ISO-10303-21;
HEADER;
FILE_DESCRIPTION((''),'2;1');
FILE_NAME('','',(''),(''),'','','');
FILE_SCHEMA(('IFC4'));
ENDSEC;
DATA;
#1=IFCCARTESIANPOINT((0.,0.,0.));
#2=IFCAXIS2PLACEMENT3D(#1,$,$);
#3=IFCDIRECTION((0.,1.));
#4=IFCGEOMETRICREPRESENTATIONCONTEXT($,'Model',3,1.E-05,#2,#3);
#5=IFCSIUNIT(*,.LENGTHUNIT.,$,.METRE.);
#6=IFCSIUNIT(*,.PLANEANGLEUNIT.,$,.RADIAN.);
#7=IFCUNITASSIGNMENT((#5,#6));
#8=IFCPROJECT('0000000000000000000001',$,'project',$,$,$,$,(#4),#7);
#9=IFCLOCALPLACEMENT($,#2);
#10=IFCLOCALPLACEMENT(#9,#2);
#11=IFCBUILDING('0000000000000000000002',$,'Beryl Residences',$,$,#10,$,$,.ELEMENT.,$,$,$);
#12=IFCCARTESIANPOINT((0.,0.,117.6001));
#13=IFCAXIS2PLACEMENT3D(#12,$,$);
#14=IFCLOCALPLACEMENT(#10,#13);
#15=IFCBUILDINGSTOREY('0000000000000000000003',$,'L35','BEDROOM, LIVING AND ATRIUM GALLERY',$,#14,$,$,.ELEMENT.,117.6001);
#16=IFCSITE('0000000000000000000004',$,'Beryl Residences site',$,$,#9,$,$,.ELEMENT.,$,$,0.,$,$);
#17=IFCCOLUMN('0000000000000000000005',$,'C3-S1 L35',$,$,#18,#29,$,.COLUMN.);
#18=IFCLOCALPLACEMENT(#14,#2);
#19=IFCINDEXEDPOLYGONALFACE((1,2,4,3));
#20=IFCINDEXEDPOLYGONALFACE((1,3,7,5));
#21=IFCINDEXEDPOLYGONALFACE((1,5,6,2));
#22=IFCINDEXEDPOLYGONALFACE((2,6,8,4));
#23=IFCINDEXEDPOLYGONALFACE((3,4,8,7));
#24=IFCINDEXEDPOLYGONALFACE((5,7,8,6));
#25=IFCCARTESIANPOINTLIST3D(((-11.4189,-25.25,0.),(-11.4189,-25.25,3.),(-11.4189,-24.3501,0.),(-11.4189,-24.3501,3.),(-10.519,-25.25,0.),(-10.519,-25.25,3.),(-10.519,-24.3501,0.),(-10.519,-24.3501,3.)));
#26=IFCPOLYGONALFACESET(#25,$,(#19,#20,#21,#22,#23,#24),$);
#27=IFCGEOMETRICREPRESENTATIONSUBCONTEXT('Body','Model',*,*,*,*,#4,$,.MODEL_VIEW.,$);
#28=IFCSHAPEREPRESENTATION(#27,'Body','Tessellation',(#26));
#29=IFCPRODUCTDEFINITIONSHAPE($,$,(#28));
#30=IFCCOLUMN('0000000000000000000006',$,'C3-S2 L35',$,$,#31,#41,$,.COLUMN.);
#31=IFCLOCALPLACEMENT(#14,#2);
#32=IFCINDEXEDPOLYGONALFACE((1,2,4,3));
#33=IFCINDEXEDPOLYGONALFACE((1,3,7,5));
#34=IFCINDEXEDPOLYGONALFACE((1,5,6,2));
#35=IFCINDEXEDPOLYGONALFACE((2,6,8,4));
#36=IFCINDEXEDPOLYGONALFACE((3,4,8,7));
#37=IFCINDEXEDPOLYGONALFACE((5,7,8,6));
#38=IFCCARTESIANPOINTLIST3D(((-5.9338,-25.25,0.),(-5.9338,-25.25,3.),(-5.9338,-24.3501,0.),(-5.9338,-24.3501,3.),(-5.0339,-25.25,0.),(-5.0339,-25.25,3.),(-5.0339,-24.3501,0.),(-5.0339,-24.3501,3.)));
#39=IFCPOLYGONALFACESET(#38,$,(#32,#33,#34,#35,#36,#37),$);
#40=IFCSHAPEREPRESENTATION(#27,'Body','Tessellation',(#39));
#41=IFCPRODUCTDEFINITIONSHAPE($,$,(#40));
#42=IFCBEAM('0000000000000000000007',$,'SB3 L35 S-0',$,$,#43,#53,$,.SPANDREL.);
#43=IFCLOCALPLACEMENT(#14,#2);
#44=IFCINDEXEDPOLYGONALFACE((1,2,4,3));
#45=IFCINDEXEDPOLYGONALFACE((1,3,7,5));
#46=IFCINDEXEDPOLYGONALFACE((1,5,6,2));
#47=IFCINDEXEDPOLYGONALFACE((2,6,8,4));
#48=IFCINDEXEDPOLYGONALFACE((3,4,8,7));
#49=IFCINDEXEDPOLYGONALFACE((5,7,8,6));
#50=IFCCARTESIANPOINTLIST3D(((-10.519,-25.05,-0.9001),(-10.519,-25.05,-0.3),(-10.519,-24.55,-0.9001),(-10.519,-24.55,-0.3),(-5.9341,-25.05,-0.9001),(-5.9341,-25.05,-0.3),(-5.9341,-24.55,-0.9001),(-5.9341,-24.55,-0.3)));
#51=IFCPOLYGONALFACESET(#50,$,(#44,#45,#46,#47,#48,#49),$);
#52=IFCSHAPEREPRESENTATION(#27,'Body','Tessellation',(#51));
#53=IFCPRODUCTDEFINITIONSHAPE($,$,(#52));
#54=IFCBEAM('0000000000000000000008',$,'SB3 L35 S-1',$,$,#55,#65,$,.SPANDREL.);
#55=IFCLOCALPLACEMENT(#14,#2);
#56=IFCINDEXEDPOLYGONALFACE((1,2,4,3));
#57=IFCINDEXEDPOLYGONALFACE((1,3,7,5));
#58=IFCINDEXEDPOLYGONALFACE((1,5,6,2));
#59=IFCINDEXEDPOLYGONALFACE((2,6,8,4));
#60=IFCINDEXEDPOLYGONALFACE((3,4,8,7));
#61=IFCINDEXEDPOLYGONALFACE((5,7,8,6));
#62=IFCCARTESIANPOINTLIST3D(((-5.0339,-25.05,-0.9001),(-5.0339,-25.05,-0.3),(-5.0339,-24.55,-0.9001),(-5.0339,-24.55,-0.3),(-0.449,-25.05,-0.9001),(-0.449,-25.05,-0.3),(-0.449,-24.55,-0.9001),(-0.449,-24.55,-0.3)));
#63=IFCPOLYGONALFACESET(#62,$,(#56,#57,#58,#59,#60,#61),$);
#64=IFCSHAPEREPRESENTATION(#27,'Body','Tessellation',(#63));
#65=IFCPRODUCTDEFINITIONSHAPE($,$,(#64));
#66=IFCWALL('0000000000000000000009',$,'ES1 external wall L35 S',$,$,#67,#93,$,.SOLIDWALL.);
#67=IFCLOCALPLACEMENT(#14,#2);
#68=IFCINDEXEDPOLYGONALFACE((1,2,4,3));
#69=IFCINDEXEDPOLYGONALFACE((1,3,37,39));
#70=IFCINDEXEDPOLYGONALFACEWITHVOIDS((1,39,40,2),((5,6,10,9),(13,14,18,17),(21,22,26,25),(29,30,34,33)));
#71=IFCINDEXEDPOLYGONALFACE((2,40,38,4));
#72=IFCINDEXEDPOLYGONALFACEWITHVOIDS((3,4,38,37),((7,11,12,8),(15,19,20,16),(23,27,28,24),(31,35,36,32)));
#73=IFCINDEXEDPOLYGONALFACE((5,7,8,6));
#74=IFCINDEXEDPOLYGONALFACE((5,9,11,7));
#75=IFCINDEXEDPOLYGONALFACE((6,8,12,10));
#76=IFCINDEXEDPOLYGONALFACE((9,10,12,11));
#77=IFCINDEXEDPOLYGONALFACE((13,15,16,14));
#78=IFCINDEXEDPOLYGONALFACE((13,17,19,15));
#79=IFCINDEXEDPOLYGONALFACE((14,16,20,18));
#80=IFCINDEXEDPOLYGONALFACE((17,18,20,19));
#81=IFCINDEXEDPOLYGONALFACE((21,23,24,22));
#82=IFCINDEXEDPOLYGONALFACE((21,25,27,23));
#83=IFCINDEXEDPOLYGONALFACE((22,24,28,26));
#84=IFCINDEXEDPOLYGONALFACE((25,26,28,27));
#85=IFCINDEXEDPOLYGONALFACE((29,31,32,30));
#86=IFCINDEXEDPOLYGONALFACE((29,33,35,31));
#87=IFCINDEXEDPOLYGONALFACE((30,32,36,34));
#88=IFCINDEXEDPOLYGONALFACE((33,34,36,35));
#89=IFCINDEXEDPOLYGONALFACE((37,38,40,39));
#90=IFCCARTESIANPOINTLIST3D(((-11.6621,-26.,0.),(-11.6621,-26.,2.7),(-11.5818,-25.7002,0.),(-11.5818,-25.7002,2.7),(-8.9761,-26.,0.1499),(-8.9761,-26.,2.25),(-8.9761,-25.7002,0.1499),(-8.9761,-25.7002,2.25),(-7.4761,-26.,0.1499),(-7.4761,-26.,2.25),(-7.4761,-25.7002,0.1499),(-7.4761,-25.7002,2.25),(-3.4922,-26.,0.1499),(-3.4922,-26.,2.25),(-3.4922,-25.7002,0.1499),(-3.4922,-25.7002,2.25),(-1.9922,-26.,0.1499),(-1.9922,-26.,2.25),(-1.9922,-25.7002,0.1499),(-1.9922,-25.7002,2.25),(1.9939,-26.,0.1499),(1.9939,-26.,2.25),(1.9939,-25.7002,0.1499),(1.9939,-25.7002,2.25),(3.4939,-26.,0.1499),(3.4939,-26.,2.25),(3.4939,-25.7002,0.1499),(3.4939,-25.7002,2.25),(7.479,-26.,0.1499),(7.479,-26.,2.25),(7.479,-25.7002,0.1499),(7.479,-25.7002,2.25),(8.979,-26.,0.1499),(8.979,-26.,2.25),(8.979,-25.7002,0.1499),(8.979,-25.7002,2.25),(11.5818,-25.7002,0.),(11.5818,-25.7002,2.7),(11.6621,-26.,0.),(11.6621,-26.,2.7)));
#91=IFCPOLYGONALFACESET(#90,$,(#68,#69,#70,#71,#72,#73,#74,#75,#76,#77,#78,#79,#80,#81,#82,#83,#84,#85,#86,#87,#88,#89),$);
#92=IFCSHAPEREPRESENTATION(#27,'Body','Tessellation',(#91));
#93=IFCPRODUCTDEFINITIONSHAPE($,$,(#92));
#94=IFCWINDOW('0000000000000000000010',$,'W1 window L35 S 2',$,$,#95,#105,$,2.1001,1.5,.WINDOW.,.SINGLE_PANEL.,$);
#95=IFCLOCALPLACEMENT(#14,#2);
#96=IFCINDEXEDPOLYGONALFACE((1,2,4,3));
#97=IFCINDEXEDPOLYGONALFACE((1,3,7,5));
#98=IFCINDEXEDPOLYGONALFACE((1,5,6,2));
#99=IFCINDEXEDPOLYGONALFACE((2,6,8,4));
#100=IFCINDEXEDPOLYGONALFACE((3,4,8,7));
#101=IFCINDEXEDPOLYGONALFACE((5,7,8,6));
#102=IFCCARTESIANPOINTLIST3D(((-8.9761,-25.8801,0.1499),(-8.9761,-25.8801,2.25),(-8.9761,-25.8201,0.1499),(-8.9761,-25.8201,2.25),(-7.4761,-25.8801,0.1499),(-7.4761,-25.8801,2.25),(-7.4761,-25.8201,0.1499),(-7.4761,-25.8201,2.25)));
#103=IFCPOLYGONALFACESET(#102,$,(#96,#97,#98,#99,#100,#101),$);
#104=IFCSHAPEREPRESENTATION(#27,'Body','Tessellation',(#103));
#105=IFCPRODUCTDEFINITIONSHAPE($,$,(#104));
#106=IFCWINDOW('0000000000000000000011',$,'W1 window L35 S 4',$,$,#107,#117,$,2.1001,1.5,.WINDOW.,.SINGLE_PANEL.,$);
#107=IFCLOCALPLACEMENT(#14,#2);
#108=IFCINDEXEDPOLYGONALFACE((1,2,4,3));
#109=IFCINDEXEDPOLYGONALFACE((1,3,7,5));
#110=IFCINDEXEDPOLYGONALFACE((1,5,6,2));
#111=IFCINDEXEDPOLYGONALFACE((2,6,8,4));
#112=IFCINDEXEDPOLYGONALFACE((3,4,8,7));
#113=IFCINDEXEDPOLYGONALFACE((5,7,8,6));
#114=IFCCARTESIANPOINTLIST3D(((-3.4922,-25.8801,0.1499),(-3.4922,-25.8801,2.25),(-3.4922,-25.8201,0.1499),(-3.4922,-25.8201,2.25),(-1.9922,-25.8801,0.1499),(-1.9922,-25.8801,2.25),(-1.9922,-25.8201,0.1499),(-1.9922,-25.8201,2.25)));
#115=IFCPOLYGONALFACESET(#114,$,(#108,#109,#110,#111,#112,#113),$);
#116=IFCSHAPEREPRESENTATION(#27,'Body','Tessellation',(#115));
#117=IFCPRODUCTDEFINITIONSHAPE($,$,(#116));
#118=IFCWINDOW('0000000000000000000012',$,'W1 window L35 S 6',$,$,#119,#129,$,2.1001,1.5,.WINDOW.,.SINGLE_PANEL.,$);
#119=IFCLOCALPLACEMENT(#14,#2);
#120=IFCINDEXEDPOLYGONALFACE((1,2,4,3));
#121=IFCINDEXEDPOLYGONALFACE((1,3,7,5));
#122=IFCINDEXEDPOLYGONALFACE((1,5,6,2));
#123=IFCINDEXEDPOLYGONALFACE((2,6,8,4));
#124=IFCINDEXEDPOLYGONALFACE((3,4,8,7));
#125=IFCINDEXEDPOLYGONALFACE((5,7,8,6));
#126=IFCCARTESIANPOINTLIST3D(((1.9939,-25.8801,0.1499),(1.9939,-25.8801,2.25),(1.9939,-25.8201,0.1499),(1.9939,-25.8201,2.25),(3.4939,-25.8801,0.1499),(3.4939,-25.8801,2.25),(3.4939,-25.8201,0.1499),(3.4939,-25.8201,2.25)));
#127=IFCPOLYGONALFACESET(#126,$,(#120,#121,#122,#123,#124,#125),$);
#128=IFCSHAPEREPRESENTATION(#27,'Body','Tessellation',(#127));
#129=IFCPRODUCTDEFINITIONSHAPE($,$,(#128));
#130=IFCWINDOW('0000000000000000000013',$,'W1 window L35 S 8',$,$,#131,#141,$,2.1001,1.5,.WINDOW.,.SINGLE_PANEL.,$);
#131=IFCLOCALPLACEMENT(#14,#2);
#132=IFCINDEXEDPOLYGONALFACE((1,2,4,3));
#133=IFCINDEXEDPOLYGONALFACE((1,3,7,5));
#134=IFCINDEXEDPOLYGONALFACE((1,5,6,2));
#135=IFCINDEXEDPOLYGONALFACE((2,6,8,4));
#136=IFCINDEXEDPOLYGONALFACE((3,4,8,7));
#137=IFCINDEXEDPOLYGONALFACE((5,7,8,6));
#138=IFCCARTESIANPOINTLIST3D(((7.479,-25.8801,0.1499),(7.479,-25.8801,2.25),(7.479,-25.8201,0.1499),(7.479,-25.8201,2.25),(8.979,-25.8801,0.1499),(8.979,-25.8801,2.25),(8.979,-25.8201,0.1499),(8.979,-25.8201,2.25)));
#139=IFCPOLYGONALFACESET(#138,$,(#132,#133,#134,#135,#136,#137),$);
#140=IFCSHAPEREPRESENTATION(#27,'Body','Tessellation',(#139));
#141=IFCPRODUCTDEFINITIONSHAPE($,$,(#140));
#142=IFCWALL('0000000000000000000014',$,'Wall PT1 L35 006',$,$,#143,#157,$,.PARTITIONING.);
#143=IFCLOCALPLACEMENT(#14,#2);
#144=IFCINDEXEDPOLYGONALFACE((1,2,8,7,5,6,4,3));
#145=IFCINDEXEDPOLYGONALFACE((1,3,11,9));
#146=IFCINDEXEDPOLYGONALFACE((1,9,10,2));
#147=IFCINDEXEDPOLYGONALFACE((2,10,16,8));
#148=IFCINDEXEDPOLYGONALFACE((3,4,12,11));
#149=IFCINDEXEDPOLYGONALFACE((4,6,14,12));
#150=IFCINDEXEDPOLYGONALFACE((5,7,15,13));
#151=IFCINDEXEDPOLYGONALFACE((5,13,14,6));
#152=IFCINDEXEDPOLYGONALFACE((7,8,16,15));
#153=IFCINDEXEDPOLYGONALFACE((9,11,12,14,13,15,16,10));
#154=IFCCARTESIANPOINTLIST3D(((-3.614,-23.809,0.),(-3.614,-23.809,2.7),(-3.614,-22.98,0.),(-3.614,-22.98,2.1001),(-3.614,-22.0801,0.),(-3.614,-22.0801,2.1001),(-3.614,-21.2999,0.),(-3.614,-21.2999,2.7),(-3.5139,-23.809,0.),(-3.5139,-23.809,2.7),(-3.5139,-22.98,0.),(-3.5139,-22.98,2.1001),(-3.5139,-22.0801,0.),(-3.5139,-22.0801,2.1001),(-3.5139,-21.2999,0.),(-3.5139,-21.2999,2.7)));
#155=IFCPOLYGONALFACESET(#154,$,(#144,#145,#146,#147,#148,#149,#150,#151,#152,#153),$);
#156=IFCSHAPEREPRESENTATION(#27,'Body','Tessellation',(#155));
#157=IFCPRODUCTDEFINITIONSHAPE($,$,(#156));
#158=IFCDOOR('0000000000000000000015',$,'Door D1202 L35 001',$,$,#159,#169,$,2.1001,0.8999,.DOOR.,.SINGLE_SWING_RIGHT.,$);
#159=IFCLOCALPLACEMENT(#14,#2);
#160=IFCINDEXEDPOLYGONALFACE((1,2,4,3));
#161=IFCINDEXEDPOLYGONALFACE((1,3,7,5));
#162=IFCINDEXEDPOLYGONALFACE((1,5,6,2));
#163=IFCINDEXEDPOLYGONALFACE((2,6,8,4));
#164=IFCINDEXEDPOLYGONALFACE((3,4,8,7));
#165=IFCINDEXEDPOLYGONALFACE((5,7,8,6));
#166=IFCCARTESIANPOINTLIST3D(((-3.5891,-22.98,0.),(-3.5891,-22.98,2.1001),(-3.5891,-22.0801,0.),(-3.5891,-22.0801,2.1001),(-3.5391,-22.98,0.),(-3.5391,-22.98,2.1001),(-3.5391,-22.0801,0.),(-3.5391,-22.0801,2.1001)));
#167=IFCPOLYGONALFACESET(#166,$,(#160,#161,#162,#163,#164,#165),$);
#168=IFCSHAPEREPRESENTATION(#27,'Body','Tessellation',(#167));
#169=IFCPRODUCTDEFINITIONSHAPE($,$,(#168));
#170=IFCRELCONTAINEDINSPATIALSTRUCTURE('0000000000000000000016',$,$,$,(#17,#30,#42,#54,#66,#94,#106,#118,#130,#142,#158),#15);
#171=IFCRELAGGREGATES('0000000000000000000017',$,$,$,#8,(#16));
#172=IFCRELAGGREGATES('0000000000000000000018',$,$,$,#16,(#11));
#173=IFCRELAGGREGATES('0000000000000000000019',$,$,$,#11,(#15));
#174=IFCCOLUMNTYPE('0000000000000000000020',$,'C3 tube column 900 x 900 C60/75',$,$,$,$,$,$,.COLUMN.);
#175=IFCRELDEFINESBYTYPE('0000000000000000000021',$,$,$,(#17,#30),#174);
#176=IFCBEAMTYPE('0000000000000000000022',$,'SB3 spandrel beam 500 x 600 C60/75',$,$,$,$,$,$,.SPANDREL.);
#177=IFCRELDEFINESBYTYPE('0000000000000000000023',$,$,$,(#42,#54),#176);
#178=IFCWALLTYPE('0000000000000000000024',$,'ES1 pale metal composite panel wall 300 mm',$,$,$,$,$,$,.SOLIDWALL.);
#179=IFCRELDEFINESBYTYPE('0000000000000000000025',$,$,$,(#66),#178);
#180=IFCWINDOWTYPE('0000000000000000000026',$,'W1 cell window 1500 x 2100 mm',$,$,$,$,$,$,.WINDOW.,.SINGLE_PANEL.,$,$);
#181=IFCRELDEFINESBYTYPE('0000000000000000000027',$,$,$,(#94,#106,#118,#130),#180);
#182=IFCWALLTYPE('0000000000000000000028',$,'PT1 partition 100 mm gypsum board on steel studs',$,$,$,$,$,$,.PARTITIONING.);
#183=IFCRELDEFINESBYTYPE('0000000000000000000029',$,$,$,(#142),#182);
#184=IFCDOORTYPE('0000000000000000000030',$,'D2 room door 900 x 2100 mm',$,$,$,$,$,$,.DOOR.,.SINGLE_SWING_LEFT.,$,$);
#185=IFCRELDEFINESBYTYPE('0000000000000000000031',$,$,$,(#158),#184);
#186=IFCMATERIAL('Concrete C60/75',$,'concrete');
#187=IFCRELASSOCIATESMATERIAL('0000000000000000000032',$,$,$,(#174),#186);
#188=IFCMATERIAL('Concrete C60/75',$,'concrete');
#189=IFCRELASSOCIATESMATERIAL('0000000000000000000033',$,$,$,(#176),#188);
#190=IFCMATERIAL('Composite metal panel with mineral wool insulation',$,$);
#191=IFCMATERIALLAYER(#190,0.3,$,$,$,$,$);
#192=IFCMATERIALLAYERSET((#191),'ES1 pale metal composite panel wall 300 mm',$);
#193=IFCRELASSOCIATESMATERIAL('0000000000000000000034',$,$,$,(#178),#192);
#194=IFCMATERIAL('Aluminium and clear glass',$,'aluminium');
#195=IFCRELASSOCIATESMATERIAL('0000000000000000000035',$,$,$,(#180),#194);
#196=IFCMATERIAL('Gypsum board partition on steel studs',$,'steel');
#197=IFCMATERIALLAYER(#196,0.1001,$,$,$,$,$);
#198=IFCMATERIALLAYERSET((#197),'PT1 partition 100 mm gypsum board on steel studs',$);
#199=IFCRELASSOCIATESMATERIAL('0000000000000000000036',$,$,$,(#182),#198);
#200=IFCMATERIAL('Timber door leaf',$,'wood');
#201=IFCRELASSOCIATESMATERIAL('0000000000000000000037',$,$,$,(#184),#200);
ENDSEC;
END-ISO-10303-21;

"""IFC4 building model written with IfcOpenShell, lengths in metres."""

from ifc_helpers import new_model, si_unit, direction, frame, frame_2d, origin, origin_2d, place, context, subcontext, project, spatial, polyline, rectangle, outline, extrude, material, layer, layer_set, material_profile, profile_set, type_object, element, fill, save


model = new_model("IFC4")

# Units and contexts
model_context = context("Model", 3, precision=1e-05, world=origin(), true_north=direction((0.0, 1.0)))
body_context = subcontext(model_context, "Body", "Model", "MODEL_VIEW")
ifc_project = project(units=[si_unit("LENGTHUNIT", "METRE"), si_unit("PLANEANGLEUNIT", "RADIAN")], contexts=[model_context])

# Site, building, storey
site_placement = place(None, origin())
site = spatial("IfcSite", under=ifc_project, at=site_placement, Name="Beryl Residences site", CompositionType="ELEMENT", RefElevation=0.0)
building_placement = place(site_placement, origin())
building = spatial("IfcBuilding", under=site, at=building_placement, Name="Beryl Residences", CompositionType="ELEMENT")
storey_placement = place(building_placement, frame((0.0, 0.0, 117.6001)))
storey = spatial("IfcBuildingStorey", under=building, at=storey_placement, Name="L35", Description="BEDROOM, LIVING AND ATRIUM GALLERY", CompositionType="ELEMENT", Elevation=117.6001)

# Columns
ifc_material_1 = material(Name="Concrete C60/75", Category="concrete")
ifc_material_profile_1 = material_profile(ifc_material_1, rectangle(XDim=0.8999, YDim=0.8999, at=origin_2d()))
ifc_profile_set_1 = profile_set([ifc_material_profile_1], Name="Concrete C60/75")
column_type = type_object("IfcColumnType", Name="C3 tube column 900 x 900 C60/75", PredefinedType="COLUMN", material=ifc_profile_set_1)
for number, where, z_axis, x_axis, name in (
    (1, (-10.969, -24.8, 0.0), (0.0, 0.0, 1.0), (1.0, 0.0, 0.0), "C3-S1 L35"),
    (2, (-5.4839, -24.8, 0.0), (0.0, 0.0, 1.0), (1.0, 0.0, 0.0), "C3-S2 L35"),
):
    element("IfcColumn", number, at=place(storey_placement, frame(where, z_axis=z_axis, x_axis=x_axis)), inside=storey, type_object=column_type, Name=name, PredefinedType="COLUMN", context=body_context, shape_type="SweptSolid", body=[
        extrude(rectangle(XDim=0.8999, YDim=0.8999, at=origin_2d()), origin(), (0.0, 0.0, 1.0), 3.0),
    ])

# Beams
ifc_material_2 = material(Name="Concrete C60/75", Category="concrete")
ifc_material_profile_2 = material_profile(ifc_material_2, rectangle(XDim=0.5, YDim=0.6001, at=origin_2d()))
ifc_profile_set_2 = profile_set([ifc_material_profile_2], Name="Concrete C60/75")
beam_type = type_object("IfcBeamType", Name="SB3 spandrel beam 500 x 600 C60/75", PredefinedType="SPANDREL", material=ifc_profile_set_2)
for number, where, z_axis, x_axis, name in (
    (3, (-10.519, -24.8, -0.6001), (1.0, 0.0, 0.0), (0.0, 1.0, 0.0), "SB3 L35 S-0"),
    (4, (-5.0339, -24.8, -0.6001), (1.0, 0.0, 0.0), (0.0, 1.0, 0.0), "SB3 L35 S-1"),
):
    element("IfcBeam", number, at=place(storey_placement, frame(where, z_axis=z_axis, x_axis=x_axis)), inside=storey, type_object=beam_type, Name=name, PredefinedType="SPANDREL", context=body_context, shape_type="SweptSolid", body=[
        extrude(rectangle(XDim=0.5, YDim=0.6001, at=origin_2d()), origin(), (0.0, 0.0, 1.0), 4.585),
    ])

# Wall, openings, windows
ifc_material_3 = material(Name="Composite metal panel with mineral wool insulation")
ifc_layer_1 = layer(ifc_material_3, 0.3)
ifc_layer_set_1 = layer_set([ifc_layer_1], Name="ES1 pale metal composite panel wall 300 mm")
wall_type_1 = type_object("IfcWallType", Name="ES1 pale metal composite panel wall 300 mm", PredefinedType="SOLIDWALL", material=ifc_layer_set_1)
wall_1_placement = place(storey_placement, frame((-11.6621, -25.8501, 0.0), z_axis=(0.0, 0.0, 1.0), x_axis=(1.0, 0.0, 0.0)))
wall_1 = element("IfcWall", 5, at=wall_1_placement, inside=storey, type_object=wall_type_1, Name="ES1 external wall L35 S", PredefinedType="SOLIDWALL", context=body_context, shape_type="SweptSolid", body=[
    extrude(outline(polyline([(0.0, -0.1499), (23.3242, -0.1499), (23.2439, 0.1499), (0.0803, 0.1499), (0.0, -0.1499)])), origin(), (0.0, 0.0, 1.0), 2.7),
])
opening_1_placement = place(wall_1_placement, frame((2.686, 0.0, 0.1499)))
opening_1 = element("IfcOpeningElement", 6, at=opening_1_placement, cuts=wall_1, PredefinedType="OPENING", context=body_context, shape_type="SweptSolid", body=[
    extrude(rectangle(XDim=1.5, YDim=2.1001, at=frame_2d((0.75, 1.05))), frame((0.0, 0.1599, 0.0), z_axis=(0.0, -1.0, 0.0), x_axis=(1.0, 0.0, 0.0)), (0.0, 0.0, 1.0), 0.3201),
])
opening_2_placement = place(wall_1_placement, frame((8.1699, 0.0, 0.1499)))
opening_2 = element("IfcOpeningElement", 7, at=opening_2_placement, cuts=wall_1, PredefinedType="OPENING", context=body_context, shape_type="SweptSolid", body=[
    extrude(rectangle(XDim=1.5, YDim=2.1001, at=frame_2d((0.75, 1.05))), frame((0.0, 0.1599, 0.0), z_axis=(0.0, -1.0, 0.0), x_axis=(1.0, 0.0, 0.0)), (0.0, 0.0, 1.0), 0.3201),
])
opening_3_placement = place(wall_1_placement, frame((13.656, 0.0, 0.1499)))
opening_3 = element("IfcOpeningElement", 8, at=opening_3_placement, cuts=wall_1, PredefinedType="OPENING", context=body_context, shape_type="SweptSolid", body=[
    extrude(rectangle(XDim=1.5, YDim=2.1001, at=frame_2d((0.75, 1.05))), frame((0.0, 0.1599, 0.0), z_axis=(0.0, -1.0, 0.0), x_axis=(1.0, 0.0, 0.0)), (0.0, 0.0, 1.0), 0.3201),
])
opening_4_placement = place(wall_1_placement, frame((19.1411, 0.0, 0.1499)))
opening_4 = element("IfcOpeningElement", 9, at=opening_4_placement, cuts=wall_1, PredefinedType="OPENING", context=body_context, shape_type="SweptSolid", body=[
    extrude(rectangle(XDim=1.5, YDim=2.1001, at=frame_2d((0.75, 1.05))), frame((0.0, 0.1599, 0.0), z_axis=(0.0, -1.0, 0.0), x_axis=(1.0, 0.0, 0.0)), (0.0, 0.0, 1.0), 0.3201),
])
ifc_material_4 = material(Name="Aluminium and clear glass", Category="aluminium")
window_type = type_object("IfcWindowType", Name="W1 cell window 1500 x 2100 mm", PartitioningType="SINGLE_PANEL", PredefinedType="WINDOW", material=ifc_material_4)
window_1_placement = place(opening_1_placement, origin())
window_1 = element("IfcWindow", 10, at=window_1_placement, inside=storey, type_object=window_type, Name="W1 window L35 S 2", OverallHeight=2.1001, OverallWidth=1.5, PartitioningType="SINGLE_PANEL", PredefinedType="WINDOW", context=body_context, shape_type="SweptSolid", body=[
    extrude(rectangle(XDim=1.5, YDim=2.1001, at=frame_2d((0.75, 1.05))), frame((0.0, 0.03, 0.0), z_axis=(0.0, -1.0, 0.0), x_axis=(1.0, 0.0, 0.0)), (0.0, 0.0, 1.0), 0.0601),
])
fill(opening_1, window_1)
window_2_placement = place(opening_2_placement, origin())
window_2 = element("IfcWindow", 11, at=window_2_placement, inside=storey, type_object=window_type, Name="W1 window L35 S 4", OverallHeight=2.1001, OverallWidth=1.5, PartitioningType="SINGLE_PANEL", PredefinedType="WINDOW", context=body_context, shape_type="SweptSolid", body=[
    extrude(rectangle(XDim=1.5, YDim=2.1001, at=frame_2d((0.75, 1.05))), frame((0.0, 0.03, 0.0), z_axis=(0.0, -1.0, 0.0), x_axis=(1.0, 0.0, 0.0)), (0.0, 0.0, 1.0), 0.0601),
])
fill(opening_2, window_2)
window_3_placement = place(opening_3_placement, origin())
window_3 = element("IfcWindow", 12, at=window_3_placement, inside=storey, type_object=window_type, Name="W1 window L35 S 6", OverallHeight=2.1001, OverallWidth=1.5, PartitioningType="SINGLE_PANEL", PredefinedType="WINDOW", context=body_context, shape_type="SweptSolid", body=[
    extrude(rectangle(XDim=1.5, YDim=2.1001, at=frame_2d((0.75, 1.05))), frame((0.0, 0.03, 0.0), z_axis=(0.0, -1.0, 0.0), x_axis=(1.0, 0.0, 0.0)), (0.0, 0.0, 1.0), 0.0601),
])
fill(opening_3, window_3)
window_4_placement = place(opening_4_placement, origin())
window_4 = element("IfcWindow", 13, at=window_4_placement, inside=storey, type_object=window_type, Name="W1 window L35 S 8", OverallHeight=2.1001, OverallWidth=1.5, PartitioningType="SINGLE_PANEL", PredefinedType="WINDOW", context=body_context, shape_type="SweptSolid", body=[
    extrude(rectangle(XDim=1.5, YDim=2.1001, at=frame_2d((0.75, 1.05))), frame((0.0, 0.03, 0.0), z_axis=(0.0, -1.0, 0.0), x_axis=(1.0, 0.0, 0.0)), (0.0, 0.0, 1.0), 0.0601),
])
fill(opening_4, window_4)

# Wall, opening, door
ifc_material_5 = material(Name="Gypsum board partition on steel studs", Category="steel")
ifc_layer_2 = layer(ifc_material_5, 0.1001)
ifc_layer_set_2 = layer_set([ifc_layer_2], Name="PT1 partition 100 mm gypsum board on steel studs")
wall_type_2 = type_object("IfcWallType", Name="PT1 partition 100 mm gypsum board on steel studs", PredefinedType="PARTITIONING", material=ifc_layer_set_2)
wall_2_placement = place(storey_placement, frame((-3.564, -21.3, 0.0), z_axis=(0.0, 0.0, 1.0), x_axis=(0.0, -1.0, 0.0)))
wall_2 = element("IfcWall", 14, at=wall_2_placement, inside=storey, type_object=wall_type_2, Name="Wall PT1 L35 006", PredefinedType="PARTITIONING", context=body_context, shape_type="SweptSolid", body=[
    extrude(rectangle(XDim=2.509, YDim=0.1001, at=frame_2d((1.2544, 0.0))), origin(), (0.0, 0.0, 1.0), 2.7),
])
opening_5_placement = place(wall_2_placement, frame((0.78, 0.0, 0.0)))
opening_5 = element("IfcOpeningElement", 15, at=opening_5_placement, cuts=wall_2, PredefinedType="OPENING", context=body_context, shape_type="SweptSolid", body=[
    extrude(rectangle(XDim=0.8999, YDim=2.1001, at=frame_2d((0.45, 1.05))), frame((0.0, 0.0601, 0.0), z_axis=(0.0, -1.0, 0.0), x_axis=(1.0, 0.0, 0.0)), (0.0, 0.0, 1.0), 0.1201),
])
ifc_material_6 = material(Name="Timber door leaf", Category="wood")
door_type_1 = type_object("IfcDoorType", Name="D2 room door 900 x 2100 mm", OperationType="SINGLE_SWING_LEFT", PredefinedType="DOOR", material=ifc_material_6)
door_1_placement = place(opening_5_placement, origin())
door_1 = element("IfcDoor", 16, at=door_1_placement, inside=storey, type_object=door_type_1, Name="Door D1202 L35 001", OperationType="SINGLE_SWING_RIGHT", OverallHeight=2.1001, OverallWidth=0.8999, PredefinedType="DOOR", context=body_context, shape_type="SweptSolid", body=[
    extrude(rectangle(XDim=0.8999, YDim=2.1001, at=frame_2d((0.45, 1.05))), frame((0.0, 0.0249, 0.0), z_axis=(0.0, -1.0, 0.0), x_axis=(1.0, 0.0, 0.0)), (0.0, 0.0, 1.0), 0.05),
])
fill(opening_5, door_1)

save(model, "model.ifc")
